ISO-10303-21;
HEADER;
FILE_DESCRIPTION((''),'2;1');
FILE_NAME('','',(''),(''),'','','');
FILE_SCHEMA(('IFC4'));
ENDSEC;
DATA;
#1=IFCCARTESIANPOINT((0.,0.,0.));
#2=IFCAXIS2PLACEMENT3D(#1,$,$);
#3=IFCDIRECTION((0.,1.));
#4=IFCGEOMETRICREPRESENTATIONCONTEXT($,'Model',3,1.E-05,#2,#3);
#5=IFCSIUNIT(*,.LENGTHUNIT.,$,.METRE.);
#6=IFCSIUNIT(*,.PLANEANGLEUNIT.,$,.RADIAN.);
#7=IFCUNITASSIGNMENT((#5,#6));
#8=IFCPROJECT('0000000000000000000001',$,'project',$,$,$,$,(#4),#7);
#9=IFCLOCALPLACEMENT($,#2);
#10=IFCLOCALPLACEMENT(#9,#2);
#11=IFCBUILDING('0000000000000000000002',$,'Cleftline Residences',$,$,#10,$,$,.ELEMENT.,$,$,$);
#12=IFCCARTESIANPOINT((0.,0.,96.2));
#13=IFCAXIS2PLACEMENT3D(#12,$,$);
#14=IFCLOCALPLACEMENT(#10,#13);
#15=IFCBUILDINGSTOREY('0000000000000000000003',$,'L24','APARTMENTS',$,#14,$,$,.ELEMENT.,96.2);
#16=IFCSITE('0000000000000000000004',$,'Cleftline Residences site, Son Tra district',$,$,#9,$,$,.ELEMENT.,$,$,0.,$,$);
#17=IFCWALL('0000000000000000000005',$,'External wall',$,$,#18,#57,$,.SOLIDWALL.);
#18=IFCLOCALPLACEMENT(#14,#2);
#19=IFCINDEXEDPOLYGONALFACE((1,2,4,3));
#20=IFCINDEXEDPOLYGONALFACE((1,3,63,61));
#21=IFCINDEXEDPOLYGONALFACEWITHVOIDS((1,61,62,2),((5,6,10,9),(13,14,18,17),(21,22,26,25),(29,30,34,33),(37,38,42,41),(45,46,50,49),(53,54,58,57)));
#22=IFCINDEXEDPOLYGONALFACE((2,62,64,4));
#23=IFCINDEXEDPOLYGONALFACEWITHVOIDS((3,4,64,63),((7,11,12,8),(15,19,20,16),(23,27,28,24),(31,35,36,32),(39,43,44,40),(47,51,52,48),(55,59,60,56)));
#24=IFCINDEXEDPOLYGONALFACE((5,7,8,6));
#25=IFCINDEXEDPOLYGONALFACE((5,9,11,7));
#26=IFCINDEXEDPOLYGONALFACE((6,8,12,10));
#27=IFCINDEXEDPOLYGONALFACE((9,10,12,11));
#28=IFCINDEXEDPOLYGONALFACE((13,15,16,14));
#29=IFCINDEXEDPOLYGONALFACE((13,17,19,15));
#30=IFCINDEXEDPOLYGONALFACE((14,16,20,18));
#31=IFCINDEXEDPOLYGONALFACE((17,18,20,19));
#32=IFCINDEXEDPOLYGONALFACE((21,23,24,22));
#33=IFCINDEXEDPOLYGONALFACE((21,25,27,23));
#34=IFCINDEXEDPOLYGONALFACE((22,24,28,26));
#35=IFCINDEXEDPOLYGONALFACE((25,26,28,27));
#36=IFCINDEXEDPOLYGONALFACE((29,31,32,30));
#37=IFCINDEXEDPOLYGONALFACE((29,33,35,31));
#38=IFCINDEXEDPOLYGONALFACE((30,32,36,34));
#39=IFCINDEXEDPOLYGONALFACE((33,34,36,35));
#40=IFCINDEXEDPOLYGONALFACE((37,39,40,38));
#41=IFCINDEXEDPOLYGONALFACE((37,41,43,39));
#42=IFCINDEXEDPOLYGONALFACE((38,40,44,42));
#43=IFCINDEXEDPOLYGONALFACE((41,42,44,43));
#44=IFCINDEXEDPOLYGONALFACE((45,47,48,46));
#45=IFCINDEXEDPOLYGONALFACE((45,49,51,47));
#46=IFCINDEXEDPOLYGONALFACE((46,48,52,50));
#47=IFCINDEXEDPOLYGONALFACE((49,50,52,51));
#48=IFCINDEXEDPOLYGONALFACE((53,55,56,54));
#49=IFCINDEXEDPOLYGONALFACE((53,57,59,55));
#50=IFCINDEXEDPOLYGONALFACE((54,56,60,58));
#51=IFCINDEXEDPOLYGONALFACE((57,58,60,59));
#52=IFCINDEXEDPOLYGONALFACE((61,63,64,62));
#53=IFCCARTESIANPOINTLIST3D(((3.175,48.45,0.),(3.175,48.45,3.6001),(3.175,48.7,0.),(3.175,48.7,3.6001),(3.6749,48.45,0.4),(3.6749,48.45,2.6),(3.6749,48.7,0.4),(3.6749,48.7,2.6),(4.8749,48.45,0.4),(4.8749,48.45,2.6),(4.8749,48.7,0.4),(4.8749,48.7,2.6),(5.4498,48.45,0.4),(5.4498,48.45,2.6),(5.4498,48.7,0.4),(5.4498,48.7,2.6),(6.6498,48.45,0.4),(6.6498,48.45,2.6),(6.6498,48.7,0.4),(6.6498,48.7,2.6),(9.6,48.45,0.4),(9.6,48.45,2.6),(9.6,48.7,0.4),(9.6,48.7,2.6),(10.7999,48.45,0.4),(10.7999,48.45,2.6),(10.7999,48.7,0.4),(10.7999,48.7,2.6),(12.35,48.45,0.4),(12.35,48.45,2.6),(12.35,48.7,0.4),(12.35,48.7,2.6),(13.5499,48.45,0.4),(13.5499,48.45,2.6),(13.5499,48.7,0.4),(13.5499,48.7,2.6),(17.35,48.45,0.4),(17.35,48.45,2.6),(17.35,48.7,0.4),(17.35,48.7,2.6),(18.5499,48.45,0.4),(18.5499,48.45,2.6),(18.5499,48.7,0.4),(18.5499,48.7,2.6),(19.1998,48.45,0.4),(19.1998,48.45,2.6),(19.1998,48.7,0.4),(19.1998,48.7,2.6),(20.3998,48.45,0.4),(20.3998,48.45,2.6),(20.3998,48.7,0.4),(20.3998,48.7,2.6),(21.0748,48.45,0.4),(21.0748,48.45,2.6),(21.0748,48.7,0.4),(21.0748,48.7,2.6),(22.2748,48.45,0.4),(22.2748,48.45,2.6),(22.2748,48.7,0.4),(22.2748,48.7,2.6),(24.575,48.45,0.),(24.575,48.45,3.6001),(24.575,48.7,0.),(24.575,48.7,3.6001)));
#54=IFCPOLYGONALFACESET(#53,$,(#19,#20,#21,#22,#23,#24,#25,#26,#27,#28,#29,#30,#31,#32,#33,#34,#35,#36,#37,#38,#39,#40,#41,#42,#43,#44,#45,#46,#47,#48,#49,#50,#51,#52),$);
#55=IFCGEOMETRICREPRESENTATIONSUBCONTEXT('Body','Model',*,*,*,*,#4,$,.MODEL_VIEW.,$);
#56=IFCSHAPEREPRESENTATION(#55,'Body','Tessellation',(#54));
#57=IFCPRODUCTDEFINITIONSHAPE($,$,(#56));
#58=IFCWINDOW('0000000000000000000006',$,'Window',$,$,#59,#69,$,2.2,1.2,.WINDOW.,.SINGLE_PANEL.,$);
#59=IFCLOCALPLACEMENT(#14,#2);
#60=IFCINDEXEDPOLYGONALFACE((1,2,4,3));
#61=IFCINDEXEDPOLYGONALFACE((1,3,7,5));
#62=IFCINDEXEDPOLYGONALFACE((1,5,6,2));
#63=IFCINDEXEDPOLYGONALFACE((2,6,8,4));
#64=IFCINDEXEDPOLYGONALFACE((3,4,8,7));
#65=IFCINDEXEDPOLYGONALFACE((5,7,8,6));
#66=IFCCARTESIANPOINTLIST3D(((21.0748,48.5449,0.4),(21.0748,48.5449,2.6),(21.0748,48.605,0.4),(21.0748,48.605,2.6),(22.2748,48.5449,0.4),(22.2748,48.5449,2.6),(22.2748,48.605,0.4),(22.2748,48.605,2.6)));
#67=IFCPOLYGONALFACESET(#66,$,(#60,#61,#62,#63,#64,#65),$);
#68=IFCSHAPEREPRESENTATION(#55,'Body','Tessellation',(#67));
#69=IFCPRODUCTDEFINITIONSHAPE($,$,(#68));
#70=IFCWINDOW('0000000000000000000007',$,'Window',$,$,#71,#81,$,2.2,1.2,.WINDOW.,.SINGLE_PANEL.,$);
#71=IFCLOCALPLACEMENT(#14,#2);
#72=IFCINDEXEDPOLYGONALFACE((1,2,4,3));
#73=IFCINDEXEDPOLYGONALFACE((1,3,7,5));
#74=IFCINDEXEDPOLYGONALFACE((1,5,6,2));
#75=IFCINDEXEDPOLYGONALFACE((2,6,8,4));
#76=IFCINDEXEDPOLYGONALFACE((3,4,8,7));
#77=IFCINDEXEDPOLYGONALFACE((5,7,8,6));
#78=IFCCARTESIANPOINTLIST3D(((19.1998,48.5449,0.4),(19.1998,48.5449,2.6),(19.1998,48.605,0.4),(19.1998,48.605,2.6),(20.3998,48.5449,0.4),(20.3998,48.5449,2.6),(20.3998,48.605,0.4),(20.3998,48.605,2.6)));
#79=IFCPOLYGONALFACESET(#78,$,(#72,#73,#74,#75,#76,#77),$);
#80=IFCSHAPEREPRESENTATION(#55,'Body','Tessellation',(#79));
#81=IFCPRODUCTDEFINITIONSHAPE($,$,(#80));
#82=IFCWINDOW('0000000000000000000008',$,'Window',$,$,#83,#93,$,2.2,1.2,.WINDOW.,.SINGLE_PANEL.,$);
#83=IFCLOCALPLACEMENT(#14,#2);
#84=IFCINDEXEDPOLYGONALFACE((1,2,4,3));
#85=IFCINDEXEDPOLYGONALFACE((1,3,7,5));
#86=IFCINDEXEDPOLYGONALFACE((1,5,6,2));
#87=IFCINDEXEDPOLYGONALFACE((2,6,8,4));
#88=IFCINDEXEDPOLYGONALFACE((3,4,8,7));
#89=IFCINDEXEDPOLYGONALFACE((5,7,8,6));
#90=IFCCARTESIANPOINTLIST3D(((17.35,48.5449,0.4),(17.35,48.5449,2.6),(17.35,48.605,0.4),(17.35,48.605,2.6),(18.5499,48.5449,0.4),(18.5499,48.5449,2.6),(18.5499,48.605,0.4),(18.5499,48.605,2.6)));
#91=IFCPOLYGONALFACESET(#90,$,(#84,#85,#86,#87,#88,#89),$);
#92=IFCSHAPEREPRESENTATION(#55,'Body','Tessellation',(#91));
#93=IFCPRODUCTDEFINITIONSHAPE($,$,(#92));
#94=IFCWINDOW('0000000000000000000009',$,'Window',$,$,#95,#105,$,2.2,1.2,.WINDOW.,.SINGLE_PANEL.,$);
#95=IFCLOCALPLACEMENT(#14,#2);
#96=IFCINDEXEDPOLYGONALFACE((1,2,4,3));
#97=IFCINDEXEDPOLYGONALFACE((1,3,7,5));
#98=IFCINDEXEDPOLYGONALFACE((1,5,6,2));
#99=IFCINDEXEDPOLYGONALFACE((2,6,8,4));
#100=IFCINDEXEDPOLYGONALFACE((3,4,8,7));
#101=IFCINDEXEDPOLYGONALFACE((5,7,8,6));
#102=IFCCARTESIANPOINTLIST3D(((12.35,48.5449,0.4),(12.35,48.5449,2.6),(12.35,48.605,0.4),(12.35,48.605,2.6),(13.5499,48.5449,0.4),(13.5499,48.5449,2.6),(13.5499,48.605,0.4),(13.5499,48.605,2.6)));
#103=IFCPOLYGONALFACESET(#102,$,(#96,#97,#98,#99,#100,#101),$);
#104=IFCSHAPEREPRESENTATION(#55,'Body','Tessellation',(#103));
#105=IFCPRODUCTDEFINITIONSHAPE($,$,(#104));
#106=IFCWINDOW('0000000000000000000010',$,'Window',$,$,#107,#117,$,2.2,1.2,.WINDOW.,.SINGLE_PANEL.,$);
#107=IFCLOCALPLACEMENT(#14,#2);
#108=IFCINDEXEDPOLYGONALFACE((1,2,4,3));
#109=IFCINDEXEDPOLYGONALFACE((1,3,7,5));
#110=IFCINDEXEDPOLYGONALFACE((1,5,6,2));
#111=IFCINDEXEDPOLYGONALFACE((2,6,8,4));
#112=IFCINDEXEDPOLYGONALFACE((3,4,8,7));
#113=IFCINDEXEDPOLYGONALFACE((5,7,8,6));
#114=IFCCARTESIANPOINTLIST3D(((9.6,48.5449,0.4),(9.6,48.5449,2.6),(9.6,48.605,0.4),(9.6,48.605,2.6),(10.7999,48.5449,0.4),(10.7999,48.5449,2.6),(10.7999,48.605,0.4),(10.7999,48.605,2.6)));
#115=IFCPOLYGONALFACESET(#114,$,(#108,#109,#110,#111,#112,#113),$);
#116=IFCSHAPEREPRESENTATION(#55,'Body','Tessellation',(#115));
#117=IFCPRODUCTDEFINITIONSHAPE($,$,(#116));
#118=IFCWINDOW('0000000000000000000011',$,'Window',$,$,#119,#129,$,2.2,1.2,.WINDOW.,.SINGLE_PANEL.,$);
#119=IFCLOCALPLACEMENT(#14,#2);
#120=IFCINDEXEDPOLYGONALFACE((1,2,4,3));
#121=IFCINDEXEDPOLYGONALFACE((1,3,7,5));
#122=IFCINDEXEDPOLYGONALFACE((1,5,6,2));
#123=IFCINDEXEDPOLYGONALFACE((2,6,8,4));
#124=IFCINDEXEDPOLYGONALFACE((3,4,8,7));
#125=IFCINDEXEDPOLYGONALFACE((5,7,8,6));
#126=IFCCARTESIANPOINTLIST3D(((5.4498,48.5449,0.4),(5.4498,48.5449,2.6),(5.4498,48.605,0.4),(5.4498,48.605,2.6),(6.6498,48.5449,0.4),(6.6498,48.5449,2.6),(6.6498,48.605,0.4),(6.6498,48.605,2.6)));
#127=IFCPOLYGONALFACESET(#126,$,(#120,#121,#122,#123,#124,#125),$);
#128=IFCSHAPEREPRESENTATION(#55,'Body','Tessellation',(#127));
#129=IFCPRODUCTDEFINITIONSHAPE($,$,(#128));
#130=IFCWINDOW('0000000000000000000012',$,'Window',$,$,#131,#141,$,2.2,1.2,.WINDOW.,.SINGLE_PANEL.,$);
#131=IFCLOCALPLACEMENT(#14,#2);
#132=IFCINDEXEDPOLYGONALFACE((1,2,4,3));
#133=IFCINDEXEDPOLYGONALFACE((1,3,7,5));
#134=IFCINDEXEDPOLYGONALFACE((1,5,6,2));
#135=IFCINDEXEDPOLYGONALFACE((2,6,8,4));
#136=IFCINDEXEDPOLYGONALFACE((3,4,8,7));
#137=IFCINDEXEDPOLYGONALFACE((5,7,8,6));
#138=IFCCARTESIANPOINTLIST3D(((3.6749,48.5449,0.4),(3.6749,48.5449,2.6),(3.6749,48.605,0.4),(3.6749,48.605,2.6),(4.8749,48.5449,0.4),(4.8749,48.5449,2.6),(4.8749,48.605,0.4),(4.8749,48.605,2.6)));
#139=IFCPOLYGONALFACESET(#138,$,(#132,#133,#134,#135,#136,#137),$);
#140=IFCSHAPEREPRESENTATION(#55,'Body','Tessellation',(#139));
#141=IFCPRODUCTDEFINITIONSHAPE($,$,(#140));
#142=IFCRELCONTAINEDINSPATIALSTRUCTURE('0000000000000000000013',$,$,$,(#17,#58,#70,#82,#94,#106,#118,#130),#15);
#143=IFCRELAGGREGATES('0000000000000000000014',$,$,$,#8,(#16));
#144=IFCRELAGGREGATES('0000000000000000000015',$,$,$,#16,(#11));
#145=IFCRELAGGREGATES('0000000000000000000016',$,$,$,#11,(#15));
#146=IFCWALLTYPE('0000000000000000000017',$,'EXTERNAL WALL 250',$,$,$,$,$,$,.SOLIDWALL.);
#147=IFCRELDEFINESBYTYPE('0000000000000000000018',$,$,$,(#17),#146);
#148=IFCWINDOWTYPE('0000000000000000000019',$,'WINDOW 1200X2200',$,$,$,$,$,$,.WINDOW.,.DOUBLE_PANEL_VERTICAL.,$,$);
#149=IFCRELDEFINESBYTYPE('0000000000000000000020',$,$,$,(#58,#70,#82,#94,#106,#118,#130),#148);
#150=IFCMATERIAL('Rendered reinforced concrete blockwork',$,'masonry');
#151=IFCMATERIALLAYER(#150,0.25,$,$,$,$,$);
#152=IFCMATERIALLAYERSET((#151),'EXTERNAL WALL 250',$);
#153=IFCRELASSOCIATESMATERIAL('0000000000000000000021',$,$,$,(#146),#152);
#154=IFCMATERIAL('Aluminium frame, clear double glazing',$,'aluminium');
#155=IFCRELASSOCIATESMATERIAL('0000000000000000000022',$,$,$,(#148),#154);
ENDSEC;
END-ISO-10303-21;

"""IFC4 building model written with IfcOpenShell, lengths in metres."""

from ifc_helpers import new_model, si_unit, direction, frame, frame_2d, origin, place, context, subcontext, project, spatial, rectangle, extrude, material, layer, layer_set, type_object, element, fill, save


model = new_model("IFC4")

# Units and contexts
model_context = context("Model", 3, precision=1e-05, world=origin(), true_north=direction((0.0, 1.0)))
body_context = subcontext(model_context, "Body", "Model", "MODEL_VIEW")
ifc_project = project(units=[si_unit("LENGTHUNIT", "METRE"), si_unit("PLANEANGLEUNIT", "RADIAN")], contexts=[model_context])

# Site, building, storey
site_placement = place(None, origin())
site = spatial("IfcSite", under=ifc_project, at=site_placement, Name="Cleftline Residences site, Son Tra district", CompositionType="ELEMENT", RefElevation=0.0)
building_placement = place(site_placement, origin())
building = spatial("IfcBuilding", under=site, at=building_placement, Name="Cleftline Residences", CompositionType="ELEMENT")
storey_placement = place(building_placement, frame((0.0, 0.0, 96.2)))
storey = spatial("IfcBuildingStorey", under=building, at=storey_placement, Name="L24", Description="APARTMENTS", CompositionType="ELEMENT", Elevation=96.2)

# Wall, openings, windows
ifc_material_1 = material(Name="Rendered reinforced concrete blockwork", Category="masonry")
ifc_layer_1 = layer(ifc_material_1, 0.25)
ifc_layer_set_1 = layer_set([ifc_layer_1], Name="EXTERNAL WALL 250")
wall_type = type_object("IfcWallType", Name="EXTERNAL WALL 250", PredefinedType="SOLIDWALL", material=ifc_layer_set_1)
wall_placement = place(storey_placement, frame((24.575, 48.575, 0.0), z_axis=(0.0, 0.0, 1.0), x_axis=(-1.0, 0.0, 0.0)))
wall = element("IfcWall", 1, at=wall_placement, inside=storey, type_object=wall_type, Name="External wall", PredefinedType="SOLIDWALL", context=body_context, shape_type="SweptSolid", body=[
    extrude(rectangle(XDim=21.3999, YDim=0.25, at=frame_2d((10.7, 0.0))), origin(), (0.0, 0.0, 1.0), 3.6001),
])
opening_1_placement = place(wall_placement, frame((2.3, 0.0, 0.3999)))
opening_1 = element("IfcOpeningElement", 2, at=opening_1_placement, cuts=wall, PredefinedType="OPENING", context=body_context, shape_type="SweptSolid", body=[
    extrude(rectangle(XDim=1.2, YDim=2.2, at=frame_2d((0.6001, 1.1001))), frame((0.0, 0.135, 0.0), z_axis=(0.0, -1.0, 0.0), x_axis=(1.0, 0.0, 0.0)), (0.0, 0.0, 1.0), 0.27),
])
opening_2_placement = place(wall_placement, frame((4.175, 0.0, 0.3999)))
opening_2 = element("IfcOpeningElement", 3, at=opening_2_placement, cuts=wall, PredefinedType="OPENING", context=body_context, shape_type="SweptSolid", body=[
    extrude(rectangle(XDim=1.2, YDim=2.2, at=frame_2d((0.6001, 1.1001))), frame((0.0, 0.135, 0.0), z_axis=(0.0, -1.0, 0.0), x_axis=(1.0, 0.0, 0.0)), (0.0, 0.0, 1.0), 0.27),
])
opening_3_placement = place(wall_placement, frame((6.0249, 0.0, 0.3999)))
opening_3 = element("IfcOpeningElement", 4, at=opening_3_placement, cuts=wall, PredefinedType="OPENING", context=body_context, shape_type="SweptSolid", body=[
    extrude(rectangle(XDim=1.2, YDim=2.2, at=frame_2d((0.6001, 1.1001))), frame((0.0, 0.135, 0.0), z_axis=(0.0, -1.0, 0.0), x_axis=(1.0, 0.0, 0.0)), (0.0, 0.0, 1.0), 0.27),
])
opening_4_placement = place(wall_placement, frame((11.0249, 0.0, 0.3999)))
opening_4 = element("IfcOpeningElement", 5, at=opening_4_placement, cuts=wall, PredefinedType="OPENING", context=body_context, shape_type="SweptSolid", body=[
    extrude(rectangle(XDim=1.2, YDim=2.2, at=frame_2d((0.6001, 1.1001))), frame((0.0, 0.135, 0.0), z_axis=(0.0, -1.0, 0.0), x_axis=(1.0, 0.0, 0.0)), (0.0, 0.0, 1.0), 0.27),
])
opening_5_placement = place(wall_placement, frame((13.7749, 0.0, 0.3999)))
opening_5 = element("IfcOpeningElement", 6, at=opening_5_placement, cuts=wall, PredefinedType="OPENING", context=body_context, shape_type="SweptSolid", body=[
    extrude(rectangle(XDim=1.2, YDim=2.2, at=frame_2d((0.6001, 1.1001))), frame((0.0, 0.135, 0.0), z_axis=(0.0, -1.0, 0.0), x_axis=(1.0, 0.0, 0.0)), (0.0, 0.0, 1.0), 0.27),
])
opening_6_placement = place(wall_placement, frame((17.925, 0.0, 0.3999)))
opening_6 = element("IfcOpeningElement", 7, at=opening_6_placement, cuts=wall, PredefinedType="OPENING", context=body_context, shape_type="SweptSolid", body=[
    extrude(rectangle(XDim=1.2, YDim=2.2, at=frame_2d((0.6001, 1.1001))), frame((0.0, 0.135, 0.0), z_axis=(0.0, -1.0, 0.0), x_axis=(1.0, 0.0, 0.0)), (0.0, 0.0, 1.0), 0.27),
])
opening_7_placement = place(wall_placement, frame((19.7, 0.0, 0.3999)))
opening_7 = element("IfcOpeningElement", 8, at=opening_7_placement, cuts=wall, PredefinedType="OPENING", context=body_context, shape_type="SweptSolid", body=[
    extrude(rectangle(XDim=1.2, YDim=2.2, at=frame_2d((0.6001, 1.1001))), frame((0.0, 0.135, 0.0), z_axis=(0.0, -1.0, 0.0), x_axis=(1.0, 0.0, 0.0)), (0.0, 0.0, 1.0), 0.27),
])
ifc_material_2 = material(Name="Aluminium frame, clear double glazing", Category="aluminium")
window_type = type_object("IfcWindowType", Name="WINDOW 1200X2200", PartitioningType="DOUBLE_PANEL_VERTICAL", PredefinedType="WINDOW", material=ifc_material_2)
window_1_placement = place(opening_1_placement, origin())
window_1 = element("IfcWindow", 9, at=window_1_placement, inside=storey, type_object=window_type, Name="Window", OverallHeight=2.2, OverallWidth=1.2, PartitioningType="SINGLE_PANEL", PredefinedType="WINDOW", context=body_context, shape_type="SweptSolid", body=[
    extrude(rectangle(XDim=1.2, YDim=2.2, at=frame_2d((0.6001, 1.1001))), frame((0.0, 0.03, 0.0), z_axis=(0.0, -1.0, 0.0), x_axis=(1.0, 0.0, 0.0)), (0.0, 0.0, 1.0), 0.0601),
])
fill(opening_1, window_1)
window_2_placement = place(opening_2_placement, origin())
window_2 = element("IfcWindow", 10, at=window_2_placement, inside=storey, type_object=window_type, Name="Window", OverallHeight=2.2, OverallWidth=1.2, PartitioningType="SINGLE_PANEL", PredefinedType="WINDOW", context=body_context, shape_type="SweptSolid", body=[
    extrude(rectangle(XDim=1.2, YDim=2.2, at=frame_2d((0.6001, 1.1001))), frame((0.0, 0.03, 0.0), z_axis=(0.0, -1.0, 0.0), x_axis=(1.0, 0.0, 0.0)), (0.0, 0.0, 1.0), 0.0601),
])
fill(opening_2, window_2)
window_3_placement = place(opening_3_placement, origin())
window_3 = element("IfcWindow", 11, at=window_3_placement, inside=storey, type_object=window_type, Name="Window", OverallHeight=2.2, OverallWidth=1.2, PartitioningType="SINGLE_PANEL", PredefinedType="WINDOW", context=body_context, shape_type="SweptSolid", body=[
    extrude(rectangle(XDim=1.2, YDim=2.2, at=frame_2d((0.6001, 1.1001))), frame((0.0, 0.03, 0.0), z_axis=(0.0, -1.0, 0.0), x_axis=(1.0, 0.0, 0.0)), (0.0, 0.0, 1.0), 0.0601),
])
fill(opening_3, window_3)
window_4_placement = place(opening_4_placement, origin())
window_4 = element("IfcWindow", 12, at=window_4_placement, inside=storey, type_object=window_type, Name="Window", OverallHeight=2.2, OverallWidth=1.2, PartitioningType="SINGLE_PANEL", PredefinedType="WINDOW", context=body_context, shape_type="SweptSolid", body=[
    extrude(rectangle(XDim=1.2, YDim=2.2, at=frame_2d((0.6001, 1.1001))), frame((0.0, 0.03, 0.0), z_axis=(0.0, -1.0, 0.0), x_axis=(1.0, 0.0, 0.0)), (0.0, 0.0, 1.0), 0.0601),
])
fill(opening_4, window_4)
window_5_placement = place(opening_5_placement, origin())
window_5 = element("IfcWindow", 13, at=window_5_placement, inside=storey, type_object=window_type, Name="Window", OverallHeight=2.2, OverallWidth=1.2, PartitioningType="SINGLE_PANEL", PredefinedType="WINDOW", context=body_context, shape_type="SweptSolid", body=[
    extrude(rectangle(XDim=1.2, YDim=2.2, at=frame_2d((0.6001, 1.1001))), frame((0.0, 0.03, 0.0), z_axis=(0.0, -1.0, 0.0), x_axis=(1.0, 0.0, 0.0)), (0.0, 0.0, 1.0), 0.0601),
])
fill(opening_5, window_5)
window_6_placement = place(opening_6_placement, origin())
window_6 = element("IfcWindow", 14, at=window_6_placement, inside=storey, type_object=window_type, Name="Window", OverallHeight=2.2, OverallWidth=1.2, PartitioningType="SINGLE_PANEL", PredefinedType="WINDOW", context=body_context, shape_type="SweptSolid", body=[
    extrude(rectangle(XDim=1.2, YDim=2.2, at=frame_2d((0.6001, 1.1001))), frame((0.0, 0.03, 0.0), z_axis=(0.0, -1.0, 0.0), x_axis=(1.0, 0.0, 0.0)), (0.0, 0.0, 1.0), 0.0601),
])
fill(opening_6, window_6)
window_7_placement = place(opening_7_placement, origin())
window_7 = element("IfcWindow", 15, at=window_7_placement, inside=storey, type_object=window_type, Name="Window", OverallHeight=2.2, OverallWidth=1.2, PartitioningType="SINGLE_PANEL", PredefinedType="WINDOW", context=body_context, shape_type="SweptSolid", body=[
    extrude(rectangle(XDim=1.2, YDim=2.2, at=frame_2d((0.6001, 1.1001))), frame((0.0, 0.03, 0.0), z_axis=(0.0, -1.0, 0.0), x_axis=(1.0, 0.0, 0.0)), (0.0, 0.0, 1.0), 0.0601),
])
fill(opening_7, window_7)

save(model, "model.ifc")
